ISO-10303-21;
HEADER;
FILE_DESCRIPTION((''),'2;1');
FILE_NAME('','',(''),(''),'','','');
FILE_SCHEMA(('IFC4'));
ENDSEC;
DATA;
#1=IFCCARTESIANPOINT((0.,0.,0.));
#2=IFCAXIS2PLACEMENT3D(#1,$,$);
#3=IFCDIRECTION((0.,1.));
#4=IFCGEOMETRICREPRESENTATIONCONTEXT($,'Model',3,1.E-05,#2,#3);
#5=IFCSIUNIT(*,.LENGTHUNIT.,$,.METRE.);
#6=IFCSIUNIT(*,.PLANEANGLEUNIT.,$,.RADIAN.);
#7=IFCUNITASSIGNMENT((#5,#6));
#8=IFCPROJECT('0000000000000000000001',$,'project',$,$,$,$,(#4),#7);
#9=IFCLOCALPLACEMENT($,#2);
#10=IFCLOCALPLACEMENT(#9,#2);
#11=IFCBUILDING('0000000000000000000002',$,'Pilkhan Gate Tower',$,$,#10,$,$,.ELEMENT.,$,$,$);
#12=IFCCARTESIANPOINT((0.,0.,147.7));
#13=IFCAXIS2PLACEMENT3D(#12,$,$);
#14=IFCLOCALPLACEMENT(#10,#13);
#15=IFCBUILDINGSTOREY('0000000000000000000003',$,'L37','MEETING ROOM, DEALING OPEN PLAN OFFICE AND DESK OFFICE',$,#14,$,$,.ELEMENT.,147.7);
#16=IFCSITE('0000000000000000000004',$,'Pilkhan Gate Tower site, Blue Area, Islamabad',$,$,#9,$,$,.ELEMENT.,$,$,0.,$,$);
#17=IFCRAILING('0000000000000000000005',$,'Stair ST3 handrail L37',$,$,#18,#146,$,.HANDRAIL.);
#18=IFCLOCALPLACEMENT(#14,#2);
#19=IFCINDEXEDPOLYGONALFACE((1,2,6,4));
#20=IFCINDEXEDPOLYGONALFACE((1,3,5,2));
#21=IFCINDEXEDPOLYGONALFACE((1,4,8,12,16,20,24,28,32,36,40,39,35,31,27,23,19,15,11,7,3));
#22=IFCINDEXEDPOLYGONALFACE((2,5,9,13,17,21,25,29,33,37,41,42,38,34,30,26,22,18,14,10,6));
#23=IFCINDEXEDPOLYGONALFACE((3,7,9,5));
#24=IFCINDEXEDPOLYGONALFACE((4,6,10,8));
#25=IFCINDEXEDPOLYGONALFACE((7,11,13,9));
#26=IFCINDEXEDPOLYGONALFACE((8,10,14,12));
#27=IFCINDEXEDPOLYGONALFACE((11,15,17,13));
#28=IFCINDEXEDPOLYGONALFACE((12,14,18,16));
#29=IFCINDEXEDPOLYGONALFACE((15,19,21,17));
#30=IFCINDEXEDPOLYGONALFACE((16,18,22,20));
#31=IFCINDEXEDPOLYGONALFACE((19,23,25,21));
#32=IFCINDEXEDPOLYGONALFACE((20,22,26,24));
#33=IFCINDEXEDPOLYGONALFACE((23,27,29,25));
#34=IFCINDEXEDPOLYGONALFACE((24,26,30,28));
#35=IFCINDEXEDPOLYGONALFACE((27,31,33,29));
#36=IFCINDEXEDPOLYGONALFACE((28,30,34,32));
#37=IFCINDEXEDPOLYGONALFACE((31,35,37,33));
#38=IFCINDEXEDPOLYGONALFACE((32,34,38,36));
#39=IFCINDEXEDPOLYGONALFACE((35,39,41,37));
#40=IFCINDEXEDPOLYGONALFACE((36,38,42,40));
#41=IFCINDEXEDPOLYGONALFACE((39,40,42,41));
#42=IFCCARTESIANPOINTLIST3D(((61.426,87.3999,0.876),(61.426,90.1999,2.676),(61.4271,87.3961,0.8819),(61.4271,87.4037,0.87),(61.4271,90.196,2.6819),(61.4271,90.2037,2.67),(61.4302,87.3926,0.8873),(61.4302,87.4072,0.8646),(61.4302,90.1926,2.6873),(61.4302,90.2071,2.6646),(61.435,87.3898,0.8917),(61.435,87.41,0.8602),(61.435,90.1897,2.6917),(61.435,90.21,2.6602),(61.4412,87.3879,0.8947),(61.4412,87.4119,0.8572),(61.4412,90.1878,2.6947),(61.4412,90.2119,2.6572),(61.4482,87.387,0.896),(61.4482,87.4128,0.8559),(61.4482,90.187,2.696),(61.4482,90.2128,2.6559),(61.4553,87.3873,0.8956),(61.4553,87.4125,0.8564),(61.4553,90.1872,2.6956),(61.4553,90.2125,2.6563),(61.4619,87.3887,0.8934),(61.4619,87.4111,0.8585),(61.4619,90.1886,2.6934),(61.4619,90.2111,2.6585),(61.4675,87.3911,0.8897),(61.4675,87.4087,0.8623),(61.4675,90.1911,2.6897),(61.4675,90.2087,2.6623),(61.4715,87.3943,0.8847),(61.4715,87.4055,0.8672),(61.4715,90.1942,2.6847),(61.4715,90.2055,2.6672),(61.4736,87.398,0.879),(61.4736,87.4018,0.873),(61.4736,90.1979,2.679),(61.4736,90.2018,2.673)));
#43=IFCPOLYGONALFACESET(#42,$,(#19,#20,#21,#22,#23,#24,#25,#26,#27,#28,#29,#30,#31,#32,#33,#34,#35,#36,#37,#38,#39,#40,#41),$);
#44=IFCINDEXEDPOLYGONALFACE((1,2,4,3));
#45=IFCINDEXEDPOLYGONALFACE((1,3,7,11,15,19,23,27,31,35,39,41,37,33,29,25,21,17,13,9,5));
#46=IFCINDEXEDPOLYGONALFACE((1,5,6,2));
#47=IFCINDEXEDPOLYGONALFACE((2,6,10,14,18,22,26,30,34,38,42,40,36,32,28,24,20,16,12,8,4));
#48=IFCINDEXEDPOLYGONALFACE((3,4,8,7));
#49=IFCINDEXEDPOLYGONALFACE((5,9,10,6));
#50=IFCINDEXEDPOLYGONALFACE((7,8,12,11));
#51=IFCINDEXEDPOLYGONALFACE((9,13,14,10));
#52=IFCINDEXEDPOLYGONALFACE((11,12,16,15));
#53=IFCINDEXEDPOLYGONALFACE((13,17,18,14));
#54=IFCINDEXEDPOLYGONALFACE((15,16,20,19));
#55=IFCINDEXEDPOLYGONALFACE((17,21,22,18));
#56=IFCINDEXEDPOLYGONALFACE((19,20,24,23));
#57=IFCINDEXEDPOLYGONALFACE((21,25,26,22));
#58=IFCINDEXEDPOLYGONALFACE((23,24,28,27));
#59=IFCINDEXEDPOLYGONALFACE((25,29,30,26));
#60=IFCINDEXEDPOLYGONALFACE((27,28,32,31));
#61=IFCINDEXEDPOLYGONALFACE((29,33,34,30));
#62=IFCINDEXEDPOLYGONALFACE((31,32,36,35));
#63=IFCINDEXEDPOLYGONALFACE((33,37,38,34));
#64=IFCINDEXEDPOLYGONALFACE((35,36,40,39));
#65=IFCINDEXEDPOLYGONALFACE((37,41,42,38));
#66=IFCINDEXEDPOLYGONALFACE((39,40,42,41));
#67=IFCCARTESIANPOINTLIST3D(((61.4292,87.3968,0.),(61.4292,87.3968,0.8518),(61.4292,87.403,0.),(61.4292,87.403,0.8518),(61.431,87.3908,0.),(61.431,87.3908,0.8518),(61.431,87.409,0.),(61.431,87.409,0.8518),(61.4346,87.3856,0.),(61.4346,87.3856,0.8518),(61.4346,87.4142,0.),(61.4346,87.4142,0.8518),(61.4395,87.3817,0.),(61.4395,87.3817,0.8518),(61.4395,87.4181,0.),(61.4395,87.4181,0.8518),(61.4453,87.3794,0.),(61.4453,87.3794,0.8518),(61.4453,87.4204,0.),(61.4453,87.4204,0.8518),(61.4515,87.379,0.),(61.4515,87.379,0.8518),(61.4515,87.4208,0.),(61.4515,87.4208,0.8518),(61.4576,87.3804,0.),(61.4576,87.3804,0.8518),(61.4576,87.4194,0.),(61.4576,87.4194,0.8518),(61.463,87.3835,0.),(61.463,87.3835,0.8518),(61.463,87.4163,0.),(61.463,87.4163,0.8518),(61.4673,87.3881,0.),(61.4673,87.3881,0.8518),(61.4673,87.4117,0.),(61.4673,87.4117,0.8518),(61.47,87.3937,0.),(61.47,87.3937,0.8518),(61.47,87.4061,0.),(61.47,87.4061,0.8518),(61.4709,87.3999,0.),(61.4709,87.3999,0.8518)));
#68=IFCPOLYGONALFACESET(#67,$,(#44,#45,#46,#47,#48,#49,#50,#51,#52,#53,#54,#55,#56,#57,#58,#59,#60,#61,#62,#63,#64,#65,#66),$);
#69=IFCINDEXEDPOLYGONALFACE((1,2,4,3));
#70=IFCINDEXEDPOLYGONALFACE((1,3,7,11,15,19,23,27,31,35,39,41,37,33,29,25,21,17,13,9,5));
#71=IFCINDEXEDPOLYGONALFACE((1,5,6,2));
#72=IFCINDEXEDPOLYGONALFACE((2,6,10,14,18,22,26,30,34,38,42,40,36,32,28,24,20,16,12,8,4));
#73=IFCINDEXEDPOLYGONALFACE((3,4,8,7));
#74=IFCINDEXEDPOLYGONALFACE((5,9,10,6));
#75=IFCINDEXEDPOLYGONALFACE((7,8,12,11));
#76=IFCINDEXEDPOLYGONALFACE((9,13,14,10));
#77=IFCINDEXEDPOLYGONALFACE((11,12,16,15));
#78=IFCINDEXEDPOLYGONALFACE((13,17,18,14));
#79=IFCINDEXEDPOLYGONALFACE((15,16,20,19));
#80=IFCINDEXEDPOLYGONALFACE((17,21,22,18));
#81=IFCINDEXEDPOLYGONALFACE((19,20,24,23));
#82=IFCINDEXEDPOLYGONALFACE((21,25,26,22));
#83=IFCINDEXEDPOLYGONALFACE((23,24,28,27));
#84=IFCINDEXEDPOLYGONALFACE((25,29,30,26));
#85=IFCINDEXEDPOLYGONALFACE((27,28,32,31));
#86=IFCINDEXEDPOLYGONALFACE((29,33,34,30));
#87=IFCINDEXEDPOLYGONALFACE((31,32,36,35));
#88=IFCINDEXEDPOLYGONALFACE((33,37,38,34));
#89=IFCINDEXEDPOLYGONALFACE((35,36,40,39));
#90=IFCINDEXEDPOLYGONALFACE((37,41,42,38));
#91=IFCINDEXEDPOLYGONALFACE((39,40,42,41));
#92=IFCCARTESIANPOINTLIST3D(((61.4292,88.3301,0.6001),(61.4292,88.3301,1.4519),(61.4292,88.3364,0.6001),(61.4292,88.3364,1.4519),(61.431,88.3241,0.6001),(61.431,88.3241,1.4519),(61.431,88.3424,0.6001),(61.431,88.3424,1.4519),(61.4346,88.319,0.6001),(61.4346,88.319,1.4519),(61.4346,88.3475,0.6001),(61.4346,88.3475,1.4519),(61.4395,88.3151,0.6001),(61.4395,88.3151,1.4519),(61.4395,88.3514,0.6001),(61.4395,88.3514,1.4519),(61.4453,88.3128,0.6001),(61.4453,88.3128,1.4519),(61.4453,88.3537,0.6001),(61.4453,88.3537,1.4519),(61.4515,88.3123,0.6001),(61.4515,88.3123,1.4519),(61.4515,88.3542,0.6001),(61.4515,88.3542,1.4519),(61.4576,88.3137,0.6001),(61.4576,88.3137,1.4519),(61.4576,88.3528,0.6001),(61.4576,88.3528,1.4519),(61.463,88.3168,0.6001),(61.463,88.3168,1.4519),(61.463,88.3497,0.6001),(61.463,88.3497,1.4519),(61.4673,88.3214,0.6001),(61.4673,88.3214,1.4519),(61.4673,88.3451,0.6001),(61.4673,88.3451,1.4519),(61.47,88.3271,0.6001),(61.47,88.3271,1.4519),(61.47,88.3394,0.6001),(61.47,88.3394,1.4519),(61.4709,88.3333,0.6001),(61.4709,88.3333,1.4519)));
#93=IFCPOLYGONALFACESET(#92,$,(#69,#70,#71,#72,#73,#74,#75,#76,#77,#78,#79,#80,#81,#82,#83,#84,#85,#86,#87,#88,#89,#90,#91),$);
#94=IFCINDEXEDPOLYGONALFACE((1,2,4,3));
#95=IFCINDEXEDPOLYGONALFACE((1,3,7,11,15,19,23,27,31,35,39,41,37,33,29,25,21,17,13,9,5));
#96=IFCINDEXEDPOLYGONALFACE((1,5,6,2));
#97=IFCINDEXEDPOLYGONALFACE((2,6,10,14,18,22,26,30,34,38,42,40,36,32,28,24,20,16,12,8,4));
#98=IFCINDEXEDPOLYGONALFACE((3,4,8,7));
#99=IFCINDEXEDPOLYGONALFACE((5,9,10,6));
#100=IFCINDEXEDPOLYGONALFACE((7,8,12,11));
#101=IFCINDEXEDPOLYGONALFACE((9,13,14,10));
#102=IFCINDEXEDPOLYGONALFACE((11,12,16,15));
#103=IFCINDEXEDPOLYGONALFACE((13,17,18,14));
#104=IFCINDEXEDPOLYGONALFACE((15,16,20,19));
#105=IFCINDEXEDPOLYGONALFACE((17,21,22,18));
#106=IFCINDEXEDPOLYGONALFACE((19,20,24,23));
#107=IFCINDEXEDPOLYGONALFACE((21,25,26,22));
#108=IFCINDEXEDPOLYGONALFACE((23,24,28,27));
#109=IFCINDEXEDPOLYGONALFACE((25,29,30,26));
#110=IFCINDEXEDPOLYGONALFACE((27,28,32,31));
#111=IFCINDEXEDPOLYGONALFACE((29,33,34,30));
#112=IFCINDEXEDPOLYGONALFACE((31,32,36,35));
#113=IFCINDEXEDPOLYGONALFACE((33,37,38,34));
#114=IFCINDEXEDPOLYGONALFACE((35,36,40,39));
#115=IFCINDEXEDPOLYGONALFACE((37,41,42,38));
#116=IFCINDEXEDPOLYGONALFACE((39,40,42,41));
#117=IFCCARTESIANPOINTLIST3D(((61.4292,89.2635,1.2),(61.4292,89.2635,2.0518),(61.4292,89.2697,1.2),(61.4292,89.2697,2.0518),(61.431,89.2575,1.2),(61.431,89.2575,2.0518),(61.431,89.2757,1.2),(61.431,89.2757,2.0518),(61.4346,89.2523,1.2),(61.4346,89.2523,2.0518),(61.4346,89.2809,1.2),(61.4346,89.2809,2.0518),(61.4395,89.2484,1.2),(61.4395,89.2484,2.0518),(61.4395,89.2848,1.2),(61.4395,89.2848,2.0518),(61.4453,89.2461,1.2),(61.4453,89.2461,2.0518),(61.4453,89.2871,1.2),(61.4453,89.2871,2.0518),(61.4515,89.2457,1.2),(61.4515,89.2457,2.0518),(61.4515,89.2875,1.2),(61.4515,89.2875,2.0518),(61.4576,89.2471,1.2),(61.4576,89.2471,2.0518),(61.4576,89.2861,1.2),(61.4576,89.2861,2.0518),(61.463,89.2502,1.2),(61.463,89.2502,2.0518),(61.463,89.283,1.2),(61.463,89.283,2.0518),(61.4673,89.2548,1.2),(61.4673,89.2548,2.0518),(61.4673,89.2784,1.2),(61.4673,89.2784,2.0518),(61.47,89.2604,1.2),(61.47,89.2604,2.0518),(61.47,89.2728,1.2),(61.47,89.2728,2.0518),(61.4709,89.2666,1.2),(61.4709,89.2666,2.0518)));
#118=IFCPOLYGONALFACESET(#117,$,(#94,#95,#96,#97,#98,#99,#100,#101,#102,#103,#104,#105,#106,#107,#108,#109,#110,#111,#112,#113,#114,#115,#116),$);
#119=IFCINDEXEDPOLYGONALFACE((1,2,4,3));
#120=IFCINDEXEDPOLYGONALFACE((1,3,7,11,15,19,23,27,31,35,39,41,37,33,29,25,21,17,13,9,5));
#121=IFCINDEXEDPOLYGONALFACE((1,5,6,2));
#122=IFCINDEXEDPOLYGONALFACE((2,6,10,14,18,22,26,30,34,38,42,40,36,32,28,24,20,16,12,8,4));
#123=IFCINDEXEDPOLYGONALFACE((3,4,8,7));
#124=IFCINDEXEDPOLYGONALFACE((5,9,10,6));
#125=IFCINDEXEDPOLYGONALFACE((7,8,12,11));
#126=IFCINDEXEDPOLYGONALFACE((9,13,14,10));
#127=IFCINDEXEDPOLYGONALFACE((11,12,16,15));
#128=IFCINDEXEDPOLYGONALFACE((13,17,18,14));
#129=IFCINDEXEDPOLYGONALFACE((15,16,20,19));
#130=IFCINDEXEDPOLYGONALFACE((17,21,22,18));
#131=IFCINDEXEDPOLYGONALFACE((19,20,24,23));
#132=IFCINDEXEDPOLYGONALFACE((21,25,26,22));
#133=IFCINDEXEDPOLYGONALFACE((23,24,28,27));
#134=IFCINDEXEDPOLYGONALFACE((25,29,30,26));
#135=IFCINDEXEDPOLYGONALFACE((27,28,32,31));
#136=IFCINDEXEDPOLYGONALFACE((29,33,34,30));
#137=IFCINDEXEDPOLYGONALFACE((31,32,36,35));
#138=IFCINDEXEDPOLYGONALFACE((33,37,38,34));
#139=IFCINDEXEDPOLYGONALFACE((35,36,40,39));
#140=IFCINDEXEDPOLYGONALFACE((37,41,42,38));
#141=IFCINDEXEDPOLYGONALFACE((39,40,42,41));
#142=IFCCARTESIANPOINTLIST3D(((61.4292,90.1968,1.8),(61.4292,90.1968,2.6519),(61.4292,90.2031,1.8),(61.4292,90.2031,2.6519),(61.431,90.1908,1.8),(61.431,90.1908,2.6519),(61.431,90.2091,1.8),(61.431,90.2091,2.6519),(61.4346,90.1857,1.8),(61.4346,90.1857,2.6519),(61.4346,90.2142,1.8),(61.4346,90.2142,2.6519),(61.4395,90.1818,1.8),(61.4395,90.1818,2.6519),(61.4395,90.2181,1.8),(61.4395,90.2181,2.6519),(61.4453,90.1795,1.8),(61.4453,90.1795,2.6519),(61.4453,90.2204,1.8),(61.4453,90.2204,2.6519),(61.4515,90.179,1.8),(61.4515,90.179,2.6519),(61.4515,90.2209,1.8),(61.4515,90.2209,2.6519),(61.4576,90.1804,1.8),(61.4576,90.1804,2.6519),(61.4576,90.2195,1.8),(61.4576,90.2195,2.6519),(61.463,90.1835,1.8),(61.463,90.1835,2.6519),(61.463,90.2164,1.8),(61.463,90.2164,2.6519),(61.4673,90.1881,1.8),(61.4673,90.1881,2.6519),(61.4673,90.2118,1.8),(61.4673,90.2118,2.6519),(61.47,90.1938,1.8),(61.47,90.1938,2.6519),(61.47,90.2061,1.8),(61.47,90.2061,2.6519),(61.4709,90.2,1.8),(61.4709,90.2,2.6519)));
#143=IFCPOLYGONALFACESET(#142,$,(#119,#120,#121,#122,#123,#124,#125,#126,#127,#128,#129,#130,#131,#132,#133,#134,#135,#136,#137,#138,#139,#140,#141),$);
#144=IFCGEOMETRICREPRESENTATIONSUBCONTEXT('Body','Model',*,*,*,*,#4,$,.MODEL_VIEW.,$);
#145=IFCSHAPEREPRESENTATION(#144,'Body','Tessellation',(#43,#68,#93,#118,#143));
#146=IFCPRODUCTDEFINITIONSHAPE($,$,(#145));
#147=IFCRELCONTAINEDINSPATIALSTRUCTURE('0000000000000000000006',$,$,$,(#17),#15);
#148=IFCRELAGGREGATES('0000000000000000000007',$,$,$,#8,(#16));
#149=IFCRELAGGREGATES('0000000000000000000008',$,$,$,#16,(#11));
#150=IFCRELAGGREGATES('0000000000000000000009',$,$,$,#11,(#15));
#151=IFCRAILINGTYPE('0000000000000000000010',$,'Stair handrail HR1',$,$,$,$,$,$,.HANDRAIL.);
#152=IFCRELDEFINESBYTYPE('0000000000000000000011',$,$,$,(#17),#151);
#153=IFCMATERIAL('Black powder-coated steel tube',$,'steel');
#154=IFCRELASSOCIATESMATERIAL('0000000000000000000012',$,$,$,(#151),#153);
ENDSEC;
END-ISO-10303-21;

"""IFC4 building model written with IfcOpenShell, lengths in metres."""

from ifc_helpers import new_model, si_unit, direction, frame, origin, origin_2d, place, context, subcontext, project, spatial, circle, extrude, material, type_object, element, save


model = new_model("IFC4")

# Units and contexts
model_context = context("Model", 3, precision=1e-05, world=origin(), true_north=direction((0.0, 1.0)))
body_context = subcontext(model_context, "Body", "Model", "MODEL_VIEW")
ifc_project = project(units=[si_unit("LENGTHUNIT", "METRE"), si_unit("PLANEANGLEUNIT", "RADIAN")], contexts=[model_context])

# Site, building, storey
site_placement = place(None, origin())
site = spatial("IfcSite", under=ifc_project, at=site_placement, Name="Pilkhan Gate Tower site, Blue Area, Islamabad", CompositionType="ELEMENT", RefElevation=0.0)
building_placement = place(site_placement, origin())
building = spatial("IfcBuilding", under=site, at=building_placement, Name="Pilkhan Gate Tower", CompositionType="ELEMENT")
storey_placement = place(building_placement, frame((0.0, 0.0, 147.7)))
storey = spatial("IfcBuildingStorey", under=building, at=storey_placement, Name="L37", Description="MEETING ROOM, DEALING OPEN PLAN OFFICE AND DESK OFFICE", CompositionType="ELEMENT", Elevation=147.7)

# Railing
ifc_material_1 = material(Name="Black powder-coated steel tube", Category="steel")
railing_type_1 = type_object("IfcRailingType", Name="Stair handrail HR1", PredefinedType="HANDRAIL", material=ifc_material_1)
railing_1_placement = place(storey_placement, frame((61.45, 87.3999, 0.0)))
element("IfcRailing", 1, at=railing_1_placement, inside=storey, type_object=railing_type_1, Name="Stair ST3 handrail L37", PredefinedType="HANDRAIL", context=body_context, shape_type="SweptSolid", body=[
    extrude(circle(Radius=0.0239, at=origin_2d()), frame((0.0, 0.0, 0.876), z_axis=(0.0, 0.841176, 0.540761), x_axis=(-1.0, 0.0, 0.0)), (0.0, 0.0, 1.0), 3.3286),
    extrude(circle(Radius=0.021, at=origin_2d()), origin(), (0.0, 0.0, 1.0), 0.8518),
    extrude(circle(Radius=0.021, at=origin_2d()), frame((0.0, 0.9333, 0.6001)), (0.0, 0.0, 1.0), 0.8518),
    extrude(circle(Radius=0.021, at=origin_2d()), frame((0.0, 1.8667, 1.2)), (0.0, 0.0, 1.0), 0.8518),
    extrude(circle(Radius=0.021, at=origin_2d()), frame((0.0, 2.8, 1.8)), (0.0, 0.0, 1.0), 0.8518),
])

save(model, "model.ifc")
